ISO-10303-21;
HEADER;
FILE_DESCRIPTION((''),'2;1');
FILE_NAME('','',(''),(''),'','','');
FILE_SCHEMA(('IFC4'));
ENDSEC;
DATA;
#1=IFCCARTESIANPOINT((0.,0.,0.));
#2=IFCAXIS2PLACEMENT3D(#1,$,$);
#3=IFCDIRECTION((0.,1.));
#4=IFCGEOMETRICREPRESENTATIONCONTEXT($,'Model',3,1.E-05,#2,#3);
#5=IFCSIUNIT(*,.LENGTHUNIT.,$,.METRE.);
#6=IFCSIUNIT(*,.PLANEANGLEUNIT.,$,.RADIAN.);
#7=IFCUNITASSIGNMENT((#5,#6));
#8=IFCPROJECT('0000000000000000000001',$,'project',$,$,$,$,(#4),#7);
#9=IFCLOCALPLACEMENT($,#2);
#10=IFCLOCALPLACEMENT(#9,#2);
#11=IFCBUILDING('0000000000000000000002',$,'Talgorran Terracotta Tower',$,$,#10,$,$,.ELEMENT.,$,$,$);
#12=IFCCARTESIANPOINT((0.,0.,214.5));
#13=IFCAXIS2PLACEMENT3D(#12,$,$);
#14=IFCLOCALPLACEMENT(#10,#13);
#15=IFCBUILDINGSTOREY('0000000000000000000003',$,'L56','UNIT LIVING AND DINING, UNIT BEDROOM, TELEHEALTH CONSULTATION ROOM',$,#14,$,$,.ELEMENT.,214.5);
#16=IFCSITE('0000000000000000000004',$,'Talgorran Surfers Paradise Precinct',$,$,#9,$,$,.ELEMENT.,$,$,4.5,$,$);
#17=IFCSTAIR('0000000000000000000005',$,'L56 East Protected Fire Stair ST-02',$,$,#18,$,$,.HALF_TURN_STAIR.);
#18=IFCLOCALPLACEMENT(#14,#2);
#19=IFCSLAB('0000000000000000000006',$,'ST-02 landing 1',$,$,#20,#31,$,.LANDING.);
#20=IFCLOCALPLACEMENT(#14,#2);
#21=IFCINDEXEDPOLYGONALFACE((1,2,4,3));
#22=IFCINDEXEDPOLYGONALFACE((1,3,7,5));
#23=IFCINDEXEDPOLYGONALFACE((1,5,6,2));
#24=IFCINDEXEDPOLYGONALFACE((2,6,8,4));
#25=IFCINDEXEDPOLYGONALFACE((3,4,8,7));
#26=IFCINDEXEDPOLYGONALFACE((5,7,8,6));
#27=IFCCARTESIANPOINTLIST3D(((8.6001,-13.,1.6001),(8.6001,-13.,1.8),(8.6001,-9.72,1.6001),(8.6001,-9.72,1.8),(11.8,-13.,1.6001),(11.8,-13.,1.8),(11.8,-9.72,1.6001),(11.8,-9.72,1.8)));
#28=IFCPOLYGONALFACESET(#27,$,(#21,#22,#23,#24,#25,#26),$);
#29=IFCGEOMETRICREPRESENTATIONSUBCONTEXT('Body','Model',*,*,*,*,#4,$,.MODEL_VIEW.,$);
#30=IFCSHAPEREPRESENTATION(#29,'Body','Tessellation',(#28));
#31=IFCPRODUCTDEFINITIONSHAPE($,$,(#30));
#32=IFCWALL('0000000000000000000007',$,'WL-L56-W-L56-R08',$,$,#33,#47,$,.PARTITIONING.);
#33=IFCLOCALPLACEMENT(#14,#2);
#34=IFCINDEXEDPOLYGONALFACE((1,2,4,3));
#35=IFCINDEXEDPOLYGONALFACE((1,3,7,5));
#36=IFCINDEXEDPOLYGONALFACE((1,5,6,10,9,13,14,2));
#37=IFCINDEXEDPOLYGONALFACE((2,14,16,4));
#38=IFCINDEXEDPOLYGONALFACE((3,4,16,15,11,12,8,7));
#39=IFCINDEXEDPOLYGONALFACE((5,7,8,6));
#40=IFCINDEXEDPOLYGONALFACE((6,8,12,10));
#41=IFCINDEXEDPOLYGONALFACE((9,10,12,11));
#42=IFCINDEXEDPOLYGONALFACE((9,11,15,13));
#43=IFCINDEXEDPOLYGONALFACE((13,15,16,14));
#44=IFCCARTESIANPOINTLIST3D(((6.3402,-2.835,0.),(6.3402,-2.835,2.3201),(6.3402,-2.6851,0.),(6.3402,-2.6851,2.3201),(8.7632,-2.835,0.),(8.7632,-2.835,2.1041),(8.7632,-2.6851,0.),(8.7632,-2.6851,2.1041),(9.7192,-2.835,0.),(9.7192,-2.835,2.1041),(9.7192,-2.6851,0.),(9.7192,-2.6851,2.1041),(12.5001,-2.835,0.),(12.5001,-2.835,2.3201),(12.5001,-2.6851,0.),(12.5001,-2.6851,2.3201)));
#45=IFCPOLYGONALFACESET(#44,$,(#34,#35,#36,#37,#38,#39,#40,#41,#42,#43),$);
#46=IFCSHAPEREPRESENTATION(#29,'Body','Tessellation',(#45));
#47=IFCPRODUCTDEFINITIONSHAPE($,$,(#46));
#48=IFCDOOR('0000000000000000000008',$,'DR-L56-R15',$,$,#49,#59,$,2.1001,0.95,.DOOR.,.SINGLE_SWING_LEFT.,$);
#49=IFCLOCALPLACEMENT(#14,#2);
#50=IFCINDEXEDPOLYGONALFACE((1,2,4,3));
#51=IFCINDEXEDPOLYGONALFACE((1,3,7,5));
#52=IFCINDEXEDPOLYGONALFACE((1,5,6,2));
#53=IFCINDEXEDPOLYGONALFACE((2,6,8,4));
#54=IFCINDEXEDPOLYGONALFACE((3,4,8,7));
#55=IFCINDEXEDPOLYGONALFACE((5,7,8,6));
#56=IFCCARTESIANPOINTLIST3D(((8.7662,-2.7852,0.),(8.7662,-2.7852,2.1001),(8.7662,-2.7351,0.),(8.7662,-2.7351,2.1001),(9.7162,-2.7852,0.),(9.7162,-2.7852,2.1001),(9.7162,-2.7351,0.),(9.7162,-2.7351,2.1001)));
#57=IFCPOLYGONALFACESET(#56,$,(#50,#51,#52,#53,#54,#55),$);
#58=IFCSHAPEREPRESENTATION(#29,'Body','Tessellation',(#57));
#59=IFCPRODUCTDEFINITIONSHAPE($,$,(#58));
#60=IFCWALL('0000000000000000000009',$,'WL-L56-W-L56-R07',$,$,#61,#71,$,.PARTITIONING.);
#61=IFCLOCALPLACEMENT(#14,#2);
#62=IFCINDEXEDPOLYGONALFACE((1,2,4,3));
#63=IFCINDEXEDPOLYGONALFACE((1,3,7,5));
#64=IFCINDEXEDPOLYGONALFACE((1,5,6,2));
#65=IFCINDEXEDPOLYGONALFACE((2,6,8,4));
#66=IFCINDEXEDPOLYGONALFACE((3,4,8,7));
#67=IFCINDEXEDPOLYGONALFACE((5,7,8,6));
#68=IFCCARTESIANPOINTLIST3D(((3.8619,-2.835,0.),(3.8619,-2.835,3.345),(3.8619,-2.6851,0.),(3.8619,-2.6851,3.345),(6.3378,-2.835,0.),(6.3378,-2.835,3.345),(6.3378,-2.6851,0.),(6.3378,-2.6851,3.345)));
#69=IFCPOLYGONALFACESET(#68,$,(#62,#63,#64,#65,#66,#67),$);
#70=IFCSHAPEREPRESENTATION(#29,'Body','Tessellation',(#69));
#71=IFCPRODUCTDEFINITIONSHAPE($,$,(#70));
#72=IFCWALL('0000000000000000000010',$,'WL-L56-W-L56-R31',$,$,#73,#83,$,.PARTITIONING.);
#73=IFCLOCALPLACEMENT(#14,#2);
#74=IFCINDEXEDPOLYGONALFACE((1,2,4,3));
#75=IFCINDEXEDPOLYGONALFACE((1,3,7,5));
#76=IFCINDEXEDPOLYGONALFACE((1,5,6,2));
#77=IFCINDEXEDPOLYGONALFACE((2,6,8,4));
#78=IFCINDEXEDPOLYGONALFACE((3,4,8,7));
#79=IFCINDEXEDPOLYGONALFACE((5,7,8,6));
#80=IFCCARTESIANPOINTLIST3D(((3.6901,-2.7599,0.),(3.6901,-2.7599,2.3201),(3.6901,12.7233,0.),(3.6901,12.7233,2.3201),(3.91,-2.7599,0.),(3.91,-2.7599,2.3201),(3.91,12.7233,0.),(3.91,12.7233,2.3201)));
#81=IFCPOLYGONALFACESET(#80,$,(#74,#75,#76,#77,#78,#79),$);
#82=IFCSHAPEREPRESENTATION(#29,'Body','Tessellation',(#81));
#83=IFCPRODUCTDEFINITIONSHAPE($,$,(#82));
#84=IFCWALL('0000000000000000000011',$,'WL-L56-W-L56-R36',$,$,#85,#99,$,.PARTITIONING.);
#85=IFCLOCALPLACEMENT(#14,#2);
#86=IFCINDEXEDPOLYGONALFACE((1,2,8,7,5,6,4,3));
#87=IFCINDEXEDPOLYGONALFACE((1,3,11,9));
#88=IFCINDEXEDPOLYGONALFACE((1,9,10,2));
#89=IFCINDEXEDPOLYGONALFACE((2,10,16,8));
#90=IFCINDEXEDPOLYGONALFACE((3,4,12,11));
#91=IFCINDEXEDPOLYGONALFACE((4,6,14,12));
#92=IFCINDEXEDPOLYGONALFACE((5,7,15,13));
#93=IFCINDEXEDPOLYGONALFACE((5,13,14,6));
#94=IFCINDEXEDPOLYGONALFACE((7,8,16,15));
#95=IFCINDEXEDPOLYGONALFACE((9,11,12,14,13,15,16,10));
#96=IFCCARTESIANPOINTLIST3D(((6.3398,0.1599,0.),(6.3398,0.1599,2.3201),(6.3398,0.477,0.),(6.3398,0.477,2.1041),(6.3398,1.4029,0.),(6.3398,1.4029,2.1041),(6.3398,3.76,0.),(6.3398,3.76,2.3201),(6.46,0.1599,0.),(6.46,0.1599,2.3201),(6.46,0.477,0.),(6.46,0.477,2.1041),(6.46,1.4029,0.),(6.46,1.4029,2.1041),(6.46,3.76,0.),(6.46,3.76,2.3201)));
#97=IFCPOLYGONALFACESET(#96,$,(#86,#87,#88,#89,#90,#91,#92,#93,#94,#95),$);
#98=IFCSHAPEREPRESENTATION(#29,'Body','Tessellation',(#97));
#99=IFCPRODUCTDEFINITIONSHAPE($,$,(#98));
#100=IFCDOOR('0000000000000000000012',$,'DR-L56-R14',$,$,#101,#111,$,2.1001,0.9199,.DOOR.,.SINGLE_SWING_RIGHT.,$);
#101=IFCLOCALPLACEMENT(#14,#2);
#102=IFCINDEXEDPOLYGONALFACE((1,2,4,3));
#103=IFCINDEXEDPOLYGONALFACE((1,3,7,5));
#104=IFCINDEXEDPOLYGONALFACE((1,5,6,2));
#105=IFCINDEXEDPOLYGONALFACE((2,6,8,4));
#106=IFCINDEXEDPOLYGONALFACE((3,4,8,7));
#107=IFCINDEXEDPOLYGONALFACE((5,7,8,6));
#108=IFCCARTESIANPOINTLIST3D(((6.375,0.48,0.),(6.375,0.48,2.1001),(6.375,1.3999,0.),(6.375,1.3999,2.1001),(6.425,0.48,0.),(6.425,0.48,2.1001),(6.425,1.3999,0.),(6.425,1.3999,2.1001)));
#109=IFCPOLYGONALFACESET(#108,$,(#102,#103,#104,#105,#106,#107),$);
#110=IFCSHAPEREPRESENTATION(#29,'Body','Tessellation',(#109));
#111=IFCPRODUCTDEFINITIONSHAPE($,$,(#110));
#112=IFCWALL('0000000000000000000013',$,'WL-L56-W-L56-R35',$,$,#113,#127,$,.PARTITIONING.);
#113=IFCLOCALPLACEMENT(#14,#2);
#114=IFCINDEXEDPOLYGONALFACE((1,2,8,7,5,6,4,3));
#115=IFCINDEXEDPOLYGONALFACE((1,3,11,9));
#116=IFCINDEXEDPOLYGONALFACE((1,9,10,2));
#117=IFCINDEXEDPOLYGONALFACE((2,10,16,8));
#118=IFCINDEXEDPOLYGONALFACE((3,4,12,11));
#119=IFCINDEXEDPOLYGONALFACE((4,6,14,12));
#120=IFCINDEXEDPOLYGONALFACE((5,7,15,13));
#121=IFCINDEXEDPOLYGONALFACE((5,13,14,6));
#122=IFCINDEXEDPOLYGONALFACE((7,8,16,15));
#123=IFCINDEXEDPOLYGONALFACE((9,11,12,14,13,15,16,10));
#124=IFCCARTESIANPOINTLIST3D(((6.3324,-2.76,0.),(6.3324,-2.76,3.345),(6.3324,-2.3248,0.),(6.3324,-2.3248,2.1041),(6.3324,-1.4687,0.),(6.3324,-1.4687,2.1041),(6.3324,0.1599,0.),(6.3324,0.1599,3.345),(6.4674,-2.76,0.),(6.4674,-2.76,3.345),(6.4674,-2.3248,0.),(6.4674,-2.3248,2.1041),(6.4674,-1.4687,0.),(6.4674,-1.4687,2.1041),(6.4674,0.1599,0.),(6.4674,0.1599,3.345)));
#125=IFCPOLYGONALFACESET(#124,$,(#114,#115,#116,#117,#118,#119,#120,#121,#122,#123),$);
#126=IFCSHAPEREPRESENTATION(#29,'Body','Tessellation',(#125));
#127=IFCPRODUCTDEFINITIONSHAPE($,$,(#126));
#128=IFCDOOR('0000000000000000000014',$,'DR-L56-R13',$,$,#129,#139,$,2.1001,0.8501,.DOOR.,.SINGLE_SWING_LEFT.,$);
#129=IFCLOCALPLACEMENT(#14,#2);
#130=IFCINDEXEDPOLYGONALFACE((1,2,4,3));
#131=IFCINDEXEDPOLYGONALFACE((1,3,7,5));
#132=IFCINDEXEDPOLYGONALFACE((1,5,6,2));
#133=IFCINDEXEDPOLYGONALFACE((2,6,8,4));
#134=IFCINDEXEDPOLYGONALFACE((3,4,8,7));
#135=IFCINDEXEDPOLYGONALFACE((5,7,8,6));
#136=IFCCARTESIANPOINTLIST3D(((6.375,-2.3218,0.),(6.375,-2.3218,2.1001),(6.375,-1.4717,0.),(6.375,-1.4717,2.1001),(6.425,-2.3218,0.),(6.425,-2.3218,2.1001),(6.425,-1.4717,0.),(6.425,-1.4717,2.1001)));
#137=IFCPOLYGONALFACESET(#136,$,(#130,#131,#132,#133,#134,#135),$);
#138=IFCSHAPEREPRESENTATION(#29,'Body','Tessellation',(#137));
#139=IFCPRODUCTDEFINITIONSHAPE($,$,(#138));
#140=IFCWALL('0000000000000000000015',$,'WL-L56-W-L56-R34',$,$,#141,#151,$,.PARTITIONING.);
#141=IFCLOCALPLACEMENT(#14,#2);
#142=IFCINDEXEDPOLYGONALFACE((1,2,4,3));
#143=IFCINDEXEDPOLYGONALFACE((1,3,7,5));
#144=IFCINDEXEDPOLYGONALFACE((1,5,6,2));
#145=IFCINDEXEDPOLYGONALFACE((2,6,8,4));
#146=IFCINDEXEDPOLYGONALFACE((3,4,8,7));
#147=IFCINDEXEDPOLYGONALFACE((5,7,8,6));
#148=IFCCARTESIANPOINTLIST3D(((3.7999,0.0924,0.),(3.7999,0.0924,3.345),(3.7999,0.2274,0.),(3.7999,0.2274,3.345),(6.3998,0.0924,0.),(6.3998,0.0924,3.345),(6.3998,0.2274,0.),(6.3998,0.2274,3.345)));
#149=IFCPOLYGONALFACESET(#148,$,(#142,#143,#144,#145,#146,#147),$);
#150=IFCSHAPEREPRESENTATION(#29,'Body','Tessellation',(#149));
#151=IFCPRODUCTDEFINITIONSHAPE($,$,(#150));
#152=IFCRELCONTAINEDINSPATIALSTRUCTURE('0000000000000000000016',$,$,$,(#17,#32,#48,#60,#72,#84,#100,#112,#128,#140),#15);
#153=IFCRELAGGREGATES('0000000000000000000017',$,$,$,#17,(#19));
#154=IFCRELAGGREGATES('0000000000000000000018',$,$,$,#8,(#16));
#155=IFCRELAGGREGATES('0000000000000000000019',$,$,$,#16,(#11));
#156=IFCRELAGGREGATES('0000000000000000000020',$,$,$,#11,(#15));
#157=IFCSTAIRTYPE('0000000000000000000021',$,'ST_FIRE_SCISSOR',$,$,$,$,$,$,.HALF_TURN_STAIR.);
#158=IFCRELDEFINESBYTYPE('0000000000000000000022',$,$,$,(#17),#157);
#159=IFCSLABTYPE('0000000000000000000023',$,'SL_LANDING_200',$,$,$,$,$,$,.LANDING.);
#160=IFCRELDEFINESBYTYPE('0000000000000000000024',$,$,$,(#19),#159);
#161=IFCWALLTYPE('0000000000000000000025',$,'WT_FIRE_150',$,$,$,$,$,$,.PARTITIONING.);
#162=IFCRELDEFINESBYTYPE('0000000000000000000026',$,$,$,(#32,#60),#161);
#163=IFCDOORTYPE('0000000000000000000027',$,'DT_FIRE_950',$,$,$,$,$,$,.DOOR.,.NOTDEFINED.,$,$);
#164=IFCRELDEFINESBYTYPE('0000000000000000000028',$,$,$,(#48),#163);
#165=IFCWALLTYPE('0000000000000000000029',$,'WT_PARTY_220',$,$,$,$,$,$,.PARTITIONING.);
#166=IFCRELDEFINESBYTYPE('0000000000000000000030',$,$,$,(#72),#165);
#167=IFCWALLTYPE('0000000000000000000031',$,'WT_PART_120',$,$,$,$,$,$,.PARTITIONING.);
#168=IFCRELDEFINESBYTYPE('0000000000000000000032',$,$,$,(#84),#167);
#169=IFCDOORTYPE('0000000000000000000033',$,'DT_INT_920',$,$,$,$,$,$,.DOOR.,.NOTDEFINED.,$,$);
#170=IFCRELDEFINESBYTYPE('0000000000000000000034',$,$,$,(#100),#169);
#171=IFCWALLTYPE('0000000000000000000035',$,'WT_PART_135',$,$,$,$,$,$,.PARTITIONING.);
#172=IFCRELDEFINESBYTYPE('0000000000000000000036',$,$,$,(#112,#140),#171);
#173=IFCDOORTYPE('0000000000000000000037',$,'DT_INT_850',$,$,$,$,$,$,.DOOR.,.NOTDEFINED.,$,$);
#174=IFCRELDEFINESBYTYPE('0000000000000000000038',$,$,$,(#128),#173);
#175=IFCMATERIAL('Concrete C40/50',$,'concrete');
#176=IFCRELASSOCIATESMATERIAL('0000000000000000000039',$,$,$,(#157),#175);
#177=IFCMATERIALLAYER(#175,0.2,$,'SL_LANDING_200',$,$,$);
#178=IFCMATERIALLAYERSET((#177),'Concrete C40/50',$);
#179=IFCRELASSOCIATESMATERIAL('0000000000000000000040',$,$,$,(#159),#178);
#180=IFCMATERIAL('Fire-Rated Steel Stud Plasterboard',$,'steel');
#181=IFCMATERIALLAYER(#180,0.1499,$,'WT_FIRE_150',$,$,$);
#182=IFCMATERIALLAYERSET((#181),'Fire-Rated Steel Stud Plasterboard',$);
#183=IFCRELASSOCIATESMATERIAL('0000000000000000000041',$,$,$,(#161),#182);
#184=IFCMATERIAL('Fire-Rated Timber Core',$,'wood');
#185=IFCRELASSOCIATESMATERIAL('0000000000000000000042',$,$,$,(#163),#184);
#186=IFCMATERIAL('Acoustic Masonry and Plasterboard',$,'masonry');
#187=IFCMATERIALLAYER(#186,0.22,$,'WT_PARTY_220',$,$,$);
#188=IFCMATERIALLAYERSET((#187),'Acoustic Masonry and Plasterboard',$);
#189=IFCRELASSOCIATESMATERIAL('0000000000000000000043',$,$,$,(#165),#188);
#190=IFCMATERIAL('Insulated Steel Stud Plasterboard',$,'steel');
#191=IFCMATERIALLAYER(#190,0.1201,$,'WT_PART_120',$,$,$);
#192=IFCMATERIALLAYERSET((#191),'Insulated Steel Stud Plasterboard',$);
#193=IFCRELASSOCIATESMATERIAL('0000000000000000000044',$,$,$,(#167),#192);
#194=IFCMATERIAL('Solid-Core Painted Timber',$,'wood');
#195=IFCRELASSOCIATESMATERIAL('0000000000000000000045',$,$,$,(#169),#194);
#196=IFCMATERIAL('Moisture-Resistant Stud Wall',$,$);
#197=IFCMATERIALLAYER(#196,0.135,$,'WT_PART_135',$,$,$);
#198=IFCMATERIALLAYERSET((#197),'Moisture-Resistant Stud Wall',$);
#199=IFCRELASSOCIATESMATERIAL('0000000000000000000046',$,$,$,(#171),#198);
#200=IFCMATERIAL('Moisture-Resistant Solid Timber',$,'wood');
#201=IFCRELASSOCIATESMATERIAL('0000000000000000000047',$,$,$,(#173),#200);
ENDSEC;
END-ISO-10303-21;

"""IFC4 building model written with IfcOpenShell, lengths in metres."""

from ifc_helpers import new_model, si_unit, direction, frame, frame_2d, origin, place, context, subcontext, project, spatial, polyline, rectangle, outline, extrude, material, layer, layer_set, type_object, element, fill, aggregate, save


model = new_model("IFC4")

# Units and contexts
model_context = context("Model", 3, precision=1e-05, world=origin(), true_north=direction((0.0, 1.0)))
body_context = subcontext(model_context, "Body", "Model", "MODEL_VIEW")
ifc_project = project(units=[si_unit("LENGTHUNIT", "METRE"), si_unit("PLANEANGLEUNIT", "RADIAN")], contexts=[model_context])

# Site, building, storey
site_placement = place(None, origin())
site = spatial("IfcSite", under=ifc_project, at=site_placement, Name="Talgorran Surfers Paradise Precinct", CompositionType="ELEMENT", RefElevation=4.5)
building_placement = place(site_placement, origin())
building = spatial("IfcBuilding", under=site, at=building_placement, Name="Talgorran Terracotta Tower", CompositionType="ELEMENT")
storey_placement = place(building_placement, frame((0.0, 0.0, 214.5)))
storey = spatial("IfcBuildingStorey", under=building, at=storey_placement, Name="L56", Description="UNIT LIVING AND DINING, UNIT BEDROOM, TELEHEALTH CONSULTATION ROOM", CompositionType="ELEMENT", Elevation=214.5)

# Stair, slab
ifc_material_1 = material(Name="Concrete C40/50", Category="concrete")
stair_type = type_object("IfcStairType", Name="ST_FIRE_SCISSOR", PredefinedType="HALF_TURN_STAIR", material=ifc_material_1)
ifc_layer_1 = layer(ifc_material_1, 0.2, Name="SL_LANDING_200")
ifc_layer_set_1 = layer_set([ifc_layer_1], Name="Concrete C40/50")
slab_type = type_object("IfcSlabType", Name="SL_LANDING_200", PredefinedType="LANDING", material=ifc_layer_set_1)
stair_1_placement = place(storey_placement, origin())
stair_1 = element("IfcStair", 1, at=stair_1_placement, inside=storey, type_object=stair_type, Name="L56 East Protected Fire Stair ST-02", PredefinedType="HALF_TURN_STAIR")
slab_1_placement = place(storey_placement, frame((0.0, 0.0, 1.6001)))
slab_1 = element("IfcSlab", 2, at=slab_1_placement, type_object=slab_type, Name="ST-02 landing 1", PredefinedType="LANDING", context=body_context, shape_type="SweptSolid", body=[
    extrude(outline(polyline([(8.6001, -9.72), (8.6001, -13.0), (11.8, -13.0), (11.8, -9.72), (8.6001, -9.72)])), origin(), (0.0, 0.0, 1.0), 0.2),
])
aggregate(stair_1, [slab_1])

# Wall, opening, door
ifc_material_2 = material(Name="Fire-Rated Steel Stud Plasterboard", Category="steel")
ifc_layer_2 = layer(ifc_material_2, 0.1499, Name="WT_FIRE_150")
ifc_layer_set_2 = layer_set([ifc_layer_2], Name="Fire-Rated Steel Stud Plasterboard")
wall_type_1 = type_object("IfcWallType", Name="WT_FIRE_150", PredefinedType="PARTITIONING", material=ifc_layer_set_2)
wall_1_placement = place(storey_placement, frame((6.3401, -2.76, 0.0), z_axis=(0.0, 0.0, 1.0), x_axis=(1.0, 0.0, 0.0)))
wall_1 = element("IfcWall", 3, at=wall_1_placement, inside=storey, type_object=wall_type_1, Name="WL-L56-W-L56-R08", PredefinedType="PARTITIONING", context=body_context, shape_type="SweptSolid", body=[
    extrude(rectangle(XDim=6.1599, YDim=0.1499, at=frame_2d((3.0801, 0.0))), origin(), (0.0, 0.0, 1.0), 2.3201),
])
opening_1_placement = place(wall_1_placement, frame((2.426, 0.0, 0.0)))
opening_1 = element("IfcOpeningElement", 4, at=opening_1_placement, cuts=wall_1, PredefinedType="OPENING", context=body_context, shape_type="SweptSolid", body=[
    extrude(rectangle(XDim=0.956, YDim=2.1041, at=frame_2d((0.4751, 1.052))), frame((0.0, 0.085, 0.0), z_axis=(0.0, -1.0, 0.0), x_axis=(1.0, 0.0, 0.0)), (0.0, 0.0, 1.0), 0.1699),
])
ifc_material_3 = material(Name="Fire-Rated Timber Core", Category="wood")
door_type_1 = type_object("IfcDoorType", Name="DT_FIRE_950", OperationType="NOTDEFINED", PredefinedType="DOOR", material=ifc_material_3)
door_1_placement = place(opening_1_placement, origin())
door_1 = element("IfcDoor", 5, at=door_1_placement, inside=storey, type_object=door_type_1, Name="DR-L56-R15", OperationType="SINGLE_SWING_LEFT", OverallHeight=2.1001, OverallWidth=0.95, PredefinedType="DOOR", context=body_context, shape_type="SweptSolid", body=[
    extrude(rectangle(XDim=0.95, YDim=2.1001, at=frame_2d((0.4751, 1.05))), frame((0.0, 0.0249, 0.0), z_axis=(0.0, -1.0, 0.0), x_axis=(1.0, 0.0, 0.0)), (0.0, 0.0, 1.0), 0.05),
])
fill(opening_1, door_1)

# Walls
wall_2_placement = place(storey_placement, frame((3.8621, -2.76, 0.0), z_axis=(0.0, 0.0, 1.0), x_axis=(1.0, 0.0, 0.0)))
element("IfcWall", 6, at=wall_2_placement, inside=storey, type_object=wall_type_1, Name="WL-L56-W-L56-R07", PredefinedType="PARTITIONING", context=body_context, shape_type="SweptSolid", body=[
    extrude(rectangle(XDim=2.4758, YDim=0.1499, at=frame_2d((1.2378, 0.0))), origin(), (0.0, 0.0, 1.0), 3.345),
])
ifc_material_4 = material(Name="Acoustic Masonry and Plasterboard", Category="masonry")
ifc_layer_3 = layer(ifc_material_4, 0.22, Name="WT_PARTY_220")
ifc_layer_set_3 = layer_set([ifc_layer_3], Name="Acoustic Masonry and Plasterboard")
wall_type_2 = type_object("IfcWallType", Name="WT_PARTY_220", PredefinedType="PARTITIONING", material=ifc_layer_set_3)
wall_3_placement = place(storey_placement, frame((3.8, -2.76, 0.0), z_axis=(0.0, 0.0, 1.0), x_axis=(0.0, 1.0, 0.0)))
element("IfcWall", 7, at=wall_3_placement, inside=storey, type_object=wall_type_2, Name="WL-L56-W-L56-R31", PredefinedType="PARTITIONING", context=body_context, shape_type="SweptSolid", body=[
    extrude(rectangle(XDim=15.4832, YDim=0.22, at=frame_2d((7.7417, 0.0))), origin(), (0.0, 0.0, 1.0), 2.3201),
])

# Walls, openings, doors
ifc_material_5 = material(Name="Insulated Steel Stud Plasterboard", Category="steel")
ifc_layer_4 = layer(ifc_material_5, 0.1201, Name="WT_PART_120")
ifc_layer_set_4 = layer_set([ifc_layer_4], Name="Insulated Steel Stud Plasterboard")
wall_type_3 = type_object("IfcWallType", Name="WT_PART_120", PredefinedType="PARTITIONING", material=ifc_layer_set_4)
wall_4_placement = place(storey_placement, frame((6.3999, 0.1599, 0.0), z_axis=(0.0, 0.0, 1.0), x_axis=(0.0, 1.0, 0.0)))
wall_4 = element("IfcWall", 8, at=wall_4_placement, inside=storey, type_object=wall_type_3, Name="WL-L56-W-L56-R36", PredefinedType="PARTITIONING", context=body_context, shape_type="SweptSolid", body=[
    extrude(rectangle(XDim=3.6001, YDim=0.1201, at=frame_2d((1.8, 0.0))), origin(), (0.0, 0.0, 1.0), 2.3201),
])
opening_2_placement = place(wall_4_placement, frame((0.3201, 0.0, 0.0)))
opening_2 = element("IfcOpeningElement", 9, at=opening_2_placement, cuts=wall_4, PredefinedType="OPENING", context=body_context, shape_type="SweptSolid", body=[
    extrude(rectangle(XDim=0.9259, YDim=2.1041, at=frame_2d((0.46, 1.052))), frame((0.0, 0.0701, 0.0), z_axis=(0.0, -1.0, 0.0), x_axis=(1.0, 0.0, 0.0)), (0.0, 0.0, 1.0), 0.1401),
])
ifc_material_6 = material(Name="Solid-Core Painted Timber", Category="wood")
door_type_2 = type_object("IfcDoorType", Name="DT_INT_920", OperationType="NOTDEFINED", PredefinedType="DOOR", material=ifc_material_6)
door_2_placement = place(opening_2_placement, origin())
door_2 = element("IfcDoor", 10, at=door_2_placement, inside=storey, type_object=door_type_2, Name="DR-L56-R14", OperationType="SINGLE_SWING_RIGHT", OverallHeight=2.1001, OverallWidth=0.9199, PredefinedType="DOOR", context=body_context, shape_type="SweptSolid", body=[
    extrude(rectangle(XDim=0.9199, YDim=2.1001, at=frame_2d((0.46, 1.05))), frame((0.0, 0.0249, 0.0), z_axis=(0.0, -1.0, 0.0), x_axis=(1.0, 0.0, 0.0)), (0.0, 0.0, 1.0), 0.05),
])
fill(opening_2, door_2)
ifc_material_7 = material(Name="Moisture-Resistant Stud Wall")
ifc_layer_5 = layer(ifc_material_7, 0.135, Name="WT_PART_135")
ifc_layer_set_5 = layer_set([ifc_layer_5], Name="Moisture-Resistant Stud Wall")
wall_type_4 = type_object("IfcWallType", Name="WT_PART_135", PredefinedType="PARTITIONING", material=ifc_layer_set_5)
wall_5_placement = place(storey_placement, frame((6.3999, -2.76, 0.0), z_axis=(0.0, 0.0, 1.0), x_axis=(0.0, 1.0, 0.0)))
wall_5 = element("IfcWall", 11, at=wall_5_placement, inside=storey, type_object=wall_type_4, Name="WL-L56-W-L56-R35", PredefinedType="PARTITIONING", context=body_context, shape_type="SweptSolid", body=[
    extrude(rectangle(XDim=2.9199, YDim=0.135, at=frame_2d((1.46, 0.0))), origin(), (0.0, 0.0, 1.0), 3.345),
])
opening_3_placement = place(wall_5_placement, frame((0.4382, 0.0, 0.0)))
opening_3 = element("IfcOpeningElement", 12, at=opening_3_placement, cuts=wall_5, PredefinedType="OPENING", context=body_context, shape_type="SweptSolid", body=[
    extrude(rectangle(XDim=0.8561, YDim=2.1041, at=frame_2d((0.425, 1.052))), frame((0.0, 0.0776, 0.0), z_axis=(0.0, -1.0, 0.0), x_axis=(1.0, 0.0, 0.0)), (0.0, 0.0, 1.0), 0.155),
])
ifc_material_8 = material(Name="Moisture-Resistant Solid Timber", Category="wood")
door_type_3 = type_object("IfcDoorType", Name="DT_INT_850", OperationType="NOTDEFINED", PredefinedType="DOOR", material=ifc_material_8)
door_3_placement = place(opening_3_placement, origin())
door_3 = element("IfcDoor", 13, at=door_3_placement, inside=storey, type_object=door_type_3, Name="DR-L56-R13", OperationType="SINGLE_SWING_LEFT", OverallHeight=2.1001, OverallWidth=0.8501, PredefinedType="DOOR", context=body_context, shape_type="SweptSolid", body=[
    extrude(rectangle(XDim=0.8501, YDim=2.1001, at=frame_2d((0.425, 1.05))), frame((0.0, 0.0249, 0.0), z_axis=(0.0, -1.0, 0.0), x_axis=(1.0, 0.0, 0.0)), (0.0, 0.0, 1.0), 0.05),
])
fill(opening_3, door_3)

# Wall
wall_6_placement = place(storey_placement, frame((3.8, 0.1599, 0.0), z_axis=(0.0, 0.0, 1.0), x_axis=(1.0, 0.0, 0.0)))
element("IfcWall", 14, at=wall_6_placement, inside=storey, type_object=wall_type_4, Name="WL-L56-W-L56-R34", PredefinedType="PARTITIONING", context=body_context, shape_type="SweptSolid", body=[
    extrude(rectangle(XDim=2.5999, YDim=0.135, at=frame_2d((1.2998, 0.0))), origin(), (0.0, 0.0, 1.0), 3.345),
])

save(model, "model.ifc")
